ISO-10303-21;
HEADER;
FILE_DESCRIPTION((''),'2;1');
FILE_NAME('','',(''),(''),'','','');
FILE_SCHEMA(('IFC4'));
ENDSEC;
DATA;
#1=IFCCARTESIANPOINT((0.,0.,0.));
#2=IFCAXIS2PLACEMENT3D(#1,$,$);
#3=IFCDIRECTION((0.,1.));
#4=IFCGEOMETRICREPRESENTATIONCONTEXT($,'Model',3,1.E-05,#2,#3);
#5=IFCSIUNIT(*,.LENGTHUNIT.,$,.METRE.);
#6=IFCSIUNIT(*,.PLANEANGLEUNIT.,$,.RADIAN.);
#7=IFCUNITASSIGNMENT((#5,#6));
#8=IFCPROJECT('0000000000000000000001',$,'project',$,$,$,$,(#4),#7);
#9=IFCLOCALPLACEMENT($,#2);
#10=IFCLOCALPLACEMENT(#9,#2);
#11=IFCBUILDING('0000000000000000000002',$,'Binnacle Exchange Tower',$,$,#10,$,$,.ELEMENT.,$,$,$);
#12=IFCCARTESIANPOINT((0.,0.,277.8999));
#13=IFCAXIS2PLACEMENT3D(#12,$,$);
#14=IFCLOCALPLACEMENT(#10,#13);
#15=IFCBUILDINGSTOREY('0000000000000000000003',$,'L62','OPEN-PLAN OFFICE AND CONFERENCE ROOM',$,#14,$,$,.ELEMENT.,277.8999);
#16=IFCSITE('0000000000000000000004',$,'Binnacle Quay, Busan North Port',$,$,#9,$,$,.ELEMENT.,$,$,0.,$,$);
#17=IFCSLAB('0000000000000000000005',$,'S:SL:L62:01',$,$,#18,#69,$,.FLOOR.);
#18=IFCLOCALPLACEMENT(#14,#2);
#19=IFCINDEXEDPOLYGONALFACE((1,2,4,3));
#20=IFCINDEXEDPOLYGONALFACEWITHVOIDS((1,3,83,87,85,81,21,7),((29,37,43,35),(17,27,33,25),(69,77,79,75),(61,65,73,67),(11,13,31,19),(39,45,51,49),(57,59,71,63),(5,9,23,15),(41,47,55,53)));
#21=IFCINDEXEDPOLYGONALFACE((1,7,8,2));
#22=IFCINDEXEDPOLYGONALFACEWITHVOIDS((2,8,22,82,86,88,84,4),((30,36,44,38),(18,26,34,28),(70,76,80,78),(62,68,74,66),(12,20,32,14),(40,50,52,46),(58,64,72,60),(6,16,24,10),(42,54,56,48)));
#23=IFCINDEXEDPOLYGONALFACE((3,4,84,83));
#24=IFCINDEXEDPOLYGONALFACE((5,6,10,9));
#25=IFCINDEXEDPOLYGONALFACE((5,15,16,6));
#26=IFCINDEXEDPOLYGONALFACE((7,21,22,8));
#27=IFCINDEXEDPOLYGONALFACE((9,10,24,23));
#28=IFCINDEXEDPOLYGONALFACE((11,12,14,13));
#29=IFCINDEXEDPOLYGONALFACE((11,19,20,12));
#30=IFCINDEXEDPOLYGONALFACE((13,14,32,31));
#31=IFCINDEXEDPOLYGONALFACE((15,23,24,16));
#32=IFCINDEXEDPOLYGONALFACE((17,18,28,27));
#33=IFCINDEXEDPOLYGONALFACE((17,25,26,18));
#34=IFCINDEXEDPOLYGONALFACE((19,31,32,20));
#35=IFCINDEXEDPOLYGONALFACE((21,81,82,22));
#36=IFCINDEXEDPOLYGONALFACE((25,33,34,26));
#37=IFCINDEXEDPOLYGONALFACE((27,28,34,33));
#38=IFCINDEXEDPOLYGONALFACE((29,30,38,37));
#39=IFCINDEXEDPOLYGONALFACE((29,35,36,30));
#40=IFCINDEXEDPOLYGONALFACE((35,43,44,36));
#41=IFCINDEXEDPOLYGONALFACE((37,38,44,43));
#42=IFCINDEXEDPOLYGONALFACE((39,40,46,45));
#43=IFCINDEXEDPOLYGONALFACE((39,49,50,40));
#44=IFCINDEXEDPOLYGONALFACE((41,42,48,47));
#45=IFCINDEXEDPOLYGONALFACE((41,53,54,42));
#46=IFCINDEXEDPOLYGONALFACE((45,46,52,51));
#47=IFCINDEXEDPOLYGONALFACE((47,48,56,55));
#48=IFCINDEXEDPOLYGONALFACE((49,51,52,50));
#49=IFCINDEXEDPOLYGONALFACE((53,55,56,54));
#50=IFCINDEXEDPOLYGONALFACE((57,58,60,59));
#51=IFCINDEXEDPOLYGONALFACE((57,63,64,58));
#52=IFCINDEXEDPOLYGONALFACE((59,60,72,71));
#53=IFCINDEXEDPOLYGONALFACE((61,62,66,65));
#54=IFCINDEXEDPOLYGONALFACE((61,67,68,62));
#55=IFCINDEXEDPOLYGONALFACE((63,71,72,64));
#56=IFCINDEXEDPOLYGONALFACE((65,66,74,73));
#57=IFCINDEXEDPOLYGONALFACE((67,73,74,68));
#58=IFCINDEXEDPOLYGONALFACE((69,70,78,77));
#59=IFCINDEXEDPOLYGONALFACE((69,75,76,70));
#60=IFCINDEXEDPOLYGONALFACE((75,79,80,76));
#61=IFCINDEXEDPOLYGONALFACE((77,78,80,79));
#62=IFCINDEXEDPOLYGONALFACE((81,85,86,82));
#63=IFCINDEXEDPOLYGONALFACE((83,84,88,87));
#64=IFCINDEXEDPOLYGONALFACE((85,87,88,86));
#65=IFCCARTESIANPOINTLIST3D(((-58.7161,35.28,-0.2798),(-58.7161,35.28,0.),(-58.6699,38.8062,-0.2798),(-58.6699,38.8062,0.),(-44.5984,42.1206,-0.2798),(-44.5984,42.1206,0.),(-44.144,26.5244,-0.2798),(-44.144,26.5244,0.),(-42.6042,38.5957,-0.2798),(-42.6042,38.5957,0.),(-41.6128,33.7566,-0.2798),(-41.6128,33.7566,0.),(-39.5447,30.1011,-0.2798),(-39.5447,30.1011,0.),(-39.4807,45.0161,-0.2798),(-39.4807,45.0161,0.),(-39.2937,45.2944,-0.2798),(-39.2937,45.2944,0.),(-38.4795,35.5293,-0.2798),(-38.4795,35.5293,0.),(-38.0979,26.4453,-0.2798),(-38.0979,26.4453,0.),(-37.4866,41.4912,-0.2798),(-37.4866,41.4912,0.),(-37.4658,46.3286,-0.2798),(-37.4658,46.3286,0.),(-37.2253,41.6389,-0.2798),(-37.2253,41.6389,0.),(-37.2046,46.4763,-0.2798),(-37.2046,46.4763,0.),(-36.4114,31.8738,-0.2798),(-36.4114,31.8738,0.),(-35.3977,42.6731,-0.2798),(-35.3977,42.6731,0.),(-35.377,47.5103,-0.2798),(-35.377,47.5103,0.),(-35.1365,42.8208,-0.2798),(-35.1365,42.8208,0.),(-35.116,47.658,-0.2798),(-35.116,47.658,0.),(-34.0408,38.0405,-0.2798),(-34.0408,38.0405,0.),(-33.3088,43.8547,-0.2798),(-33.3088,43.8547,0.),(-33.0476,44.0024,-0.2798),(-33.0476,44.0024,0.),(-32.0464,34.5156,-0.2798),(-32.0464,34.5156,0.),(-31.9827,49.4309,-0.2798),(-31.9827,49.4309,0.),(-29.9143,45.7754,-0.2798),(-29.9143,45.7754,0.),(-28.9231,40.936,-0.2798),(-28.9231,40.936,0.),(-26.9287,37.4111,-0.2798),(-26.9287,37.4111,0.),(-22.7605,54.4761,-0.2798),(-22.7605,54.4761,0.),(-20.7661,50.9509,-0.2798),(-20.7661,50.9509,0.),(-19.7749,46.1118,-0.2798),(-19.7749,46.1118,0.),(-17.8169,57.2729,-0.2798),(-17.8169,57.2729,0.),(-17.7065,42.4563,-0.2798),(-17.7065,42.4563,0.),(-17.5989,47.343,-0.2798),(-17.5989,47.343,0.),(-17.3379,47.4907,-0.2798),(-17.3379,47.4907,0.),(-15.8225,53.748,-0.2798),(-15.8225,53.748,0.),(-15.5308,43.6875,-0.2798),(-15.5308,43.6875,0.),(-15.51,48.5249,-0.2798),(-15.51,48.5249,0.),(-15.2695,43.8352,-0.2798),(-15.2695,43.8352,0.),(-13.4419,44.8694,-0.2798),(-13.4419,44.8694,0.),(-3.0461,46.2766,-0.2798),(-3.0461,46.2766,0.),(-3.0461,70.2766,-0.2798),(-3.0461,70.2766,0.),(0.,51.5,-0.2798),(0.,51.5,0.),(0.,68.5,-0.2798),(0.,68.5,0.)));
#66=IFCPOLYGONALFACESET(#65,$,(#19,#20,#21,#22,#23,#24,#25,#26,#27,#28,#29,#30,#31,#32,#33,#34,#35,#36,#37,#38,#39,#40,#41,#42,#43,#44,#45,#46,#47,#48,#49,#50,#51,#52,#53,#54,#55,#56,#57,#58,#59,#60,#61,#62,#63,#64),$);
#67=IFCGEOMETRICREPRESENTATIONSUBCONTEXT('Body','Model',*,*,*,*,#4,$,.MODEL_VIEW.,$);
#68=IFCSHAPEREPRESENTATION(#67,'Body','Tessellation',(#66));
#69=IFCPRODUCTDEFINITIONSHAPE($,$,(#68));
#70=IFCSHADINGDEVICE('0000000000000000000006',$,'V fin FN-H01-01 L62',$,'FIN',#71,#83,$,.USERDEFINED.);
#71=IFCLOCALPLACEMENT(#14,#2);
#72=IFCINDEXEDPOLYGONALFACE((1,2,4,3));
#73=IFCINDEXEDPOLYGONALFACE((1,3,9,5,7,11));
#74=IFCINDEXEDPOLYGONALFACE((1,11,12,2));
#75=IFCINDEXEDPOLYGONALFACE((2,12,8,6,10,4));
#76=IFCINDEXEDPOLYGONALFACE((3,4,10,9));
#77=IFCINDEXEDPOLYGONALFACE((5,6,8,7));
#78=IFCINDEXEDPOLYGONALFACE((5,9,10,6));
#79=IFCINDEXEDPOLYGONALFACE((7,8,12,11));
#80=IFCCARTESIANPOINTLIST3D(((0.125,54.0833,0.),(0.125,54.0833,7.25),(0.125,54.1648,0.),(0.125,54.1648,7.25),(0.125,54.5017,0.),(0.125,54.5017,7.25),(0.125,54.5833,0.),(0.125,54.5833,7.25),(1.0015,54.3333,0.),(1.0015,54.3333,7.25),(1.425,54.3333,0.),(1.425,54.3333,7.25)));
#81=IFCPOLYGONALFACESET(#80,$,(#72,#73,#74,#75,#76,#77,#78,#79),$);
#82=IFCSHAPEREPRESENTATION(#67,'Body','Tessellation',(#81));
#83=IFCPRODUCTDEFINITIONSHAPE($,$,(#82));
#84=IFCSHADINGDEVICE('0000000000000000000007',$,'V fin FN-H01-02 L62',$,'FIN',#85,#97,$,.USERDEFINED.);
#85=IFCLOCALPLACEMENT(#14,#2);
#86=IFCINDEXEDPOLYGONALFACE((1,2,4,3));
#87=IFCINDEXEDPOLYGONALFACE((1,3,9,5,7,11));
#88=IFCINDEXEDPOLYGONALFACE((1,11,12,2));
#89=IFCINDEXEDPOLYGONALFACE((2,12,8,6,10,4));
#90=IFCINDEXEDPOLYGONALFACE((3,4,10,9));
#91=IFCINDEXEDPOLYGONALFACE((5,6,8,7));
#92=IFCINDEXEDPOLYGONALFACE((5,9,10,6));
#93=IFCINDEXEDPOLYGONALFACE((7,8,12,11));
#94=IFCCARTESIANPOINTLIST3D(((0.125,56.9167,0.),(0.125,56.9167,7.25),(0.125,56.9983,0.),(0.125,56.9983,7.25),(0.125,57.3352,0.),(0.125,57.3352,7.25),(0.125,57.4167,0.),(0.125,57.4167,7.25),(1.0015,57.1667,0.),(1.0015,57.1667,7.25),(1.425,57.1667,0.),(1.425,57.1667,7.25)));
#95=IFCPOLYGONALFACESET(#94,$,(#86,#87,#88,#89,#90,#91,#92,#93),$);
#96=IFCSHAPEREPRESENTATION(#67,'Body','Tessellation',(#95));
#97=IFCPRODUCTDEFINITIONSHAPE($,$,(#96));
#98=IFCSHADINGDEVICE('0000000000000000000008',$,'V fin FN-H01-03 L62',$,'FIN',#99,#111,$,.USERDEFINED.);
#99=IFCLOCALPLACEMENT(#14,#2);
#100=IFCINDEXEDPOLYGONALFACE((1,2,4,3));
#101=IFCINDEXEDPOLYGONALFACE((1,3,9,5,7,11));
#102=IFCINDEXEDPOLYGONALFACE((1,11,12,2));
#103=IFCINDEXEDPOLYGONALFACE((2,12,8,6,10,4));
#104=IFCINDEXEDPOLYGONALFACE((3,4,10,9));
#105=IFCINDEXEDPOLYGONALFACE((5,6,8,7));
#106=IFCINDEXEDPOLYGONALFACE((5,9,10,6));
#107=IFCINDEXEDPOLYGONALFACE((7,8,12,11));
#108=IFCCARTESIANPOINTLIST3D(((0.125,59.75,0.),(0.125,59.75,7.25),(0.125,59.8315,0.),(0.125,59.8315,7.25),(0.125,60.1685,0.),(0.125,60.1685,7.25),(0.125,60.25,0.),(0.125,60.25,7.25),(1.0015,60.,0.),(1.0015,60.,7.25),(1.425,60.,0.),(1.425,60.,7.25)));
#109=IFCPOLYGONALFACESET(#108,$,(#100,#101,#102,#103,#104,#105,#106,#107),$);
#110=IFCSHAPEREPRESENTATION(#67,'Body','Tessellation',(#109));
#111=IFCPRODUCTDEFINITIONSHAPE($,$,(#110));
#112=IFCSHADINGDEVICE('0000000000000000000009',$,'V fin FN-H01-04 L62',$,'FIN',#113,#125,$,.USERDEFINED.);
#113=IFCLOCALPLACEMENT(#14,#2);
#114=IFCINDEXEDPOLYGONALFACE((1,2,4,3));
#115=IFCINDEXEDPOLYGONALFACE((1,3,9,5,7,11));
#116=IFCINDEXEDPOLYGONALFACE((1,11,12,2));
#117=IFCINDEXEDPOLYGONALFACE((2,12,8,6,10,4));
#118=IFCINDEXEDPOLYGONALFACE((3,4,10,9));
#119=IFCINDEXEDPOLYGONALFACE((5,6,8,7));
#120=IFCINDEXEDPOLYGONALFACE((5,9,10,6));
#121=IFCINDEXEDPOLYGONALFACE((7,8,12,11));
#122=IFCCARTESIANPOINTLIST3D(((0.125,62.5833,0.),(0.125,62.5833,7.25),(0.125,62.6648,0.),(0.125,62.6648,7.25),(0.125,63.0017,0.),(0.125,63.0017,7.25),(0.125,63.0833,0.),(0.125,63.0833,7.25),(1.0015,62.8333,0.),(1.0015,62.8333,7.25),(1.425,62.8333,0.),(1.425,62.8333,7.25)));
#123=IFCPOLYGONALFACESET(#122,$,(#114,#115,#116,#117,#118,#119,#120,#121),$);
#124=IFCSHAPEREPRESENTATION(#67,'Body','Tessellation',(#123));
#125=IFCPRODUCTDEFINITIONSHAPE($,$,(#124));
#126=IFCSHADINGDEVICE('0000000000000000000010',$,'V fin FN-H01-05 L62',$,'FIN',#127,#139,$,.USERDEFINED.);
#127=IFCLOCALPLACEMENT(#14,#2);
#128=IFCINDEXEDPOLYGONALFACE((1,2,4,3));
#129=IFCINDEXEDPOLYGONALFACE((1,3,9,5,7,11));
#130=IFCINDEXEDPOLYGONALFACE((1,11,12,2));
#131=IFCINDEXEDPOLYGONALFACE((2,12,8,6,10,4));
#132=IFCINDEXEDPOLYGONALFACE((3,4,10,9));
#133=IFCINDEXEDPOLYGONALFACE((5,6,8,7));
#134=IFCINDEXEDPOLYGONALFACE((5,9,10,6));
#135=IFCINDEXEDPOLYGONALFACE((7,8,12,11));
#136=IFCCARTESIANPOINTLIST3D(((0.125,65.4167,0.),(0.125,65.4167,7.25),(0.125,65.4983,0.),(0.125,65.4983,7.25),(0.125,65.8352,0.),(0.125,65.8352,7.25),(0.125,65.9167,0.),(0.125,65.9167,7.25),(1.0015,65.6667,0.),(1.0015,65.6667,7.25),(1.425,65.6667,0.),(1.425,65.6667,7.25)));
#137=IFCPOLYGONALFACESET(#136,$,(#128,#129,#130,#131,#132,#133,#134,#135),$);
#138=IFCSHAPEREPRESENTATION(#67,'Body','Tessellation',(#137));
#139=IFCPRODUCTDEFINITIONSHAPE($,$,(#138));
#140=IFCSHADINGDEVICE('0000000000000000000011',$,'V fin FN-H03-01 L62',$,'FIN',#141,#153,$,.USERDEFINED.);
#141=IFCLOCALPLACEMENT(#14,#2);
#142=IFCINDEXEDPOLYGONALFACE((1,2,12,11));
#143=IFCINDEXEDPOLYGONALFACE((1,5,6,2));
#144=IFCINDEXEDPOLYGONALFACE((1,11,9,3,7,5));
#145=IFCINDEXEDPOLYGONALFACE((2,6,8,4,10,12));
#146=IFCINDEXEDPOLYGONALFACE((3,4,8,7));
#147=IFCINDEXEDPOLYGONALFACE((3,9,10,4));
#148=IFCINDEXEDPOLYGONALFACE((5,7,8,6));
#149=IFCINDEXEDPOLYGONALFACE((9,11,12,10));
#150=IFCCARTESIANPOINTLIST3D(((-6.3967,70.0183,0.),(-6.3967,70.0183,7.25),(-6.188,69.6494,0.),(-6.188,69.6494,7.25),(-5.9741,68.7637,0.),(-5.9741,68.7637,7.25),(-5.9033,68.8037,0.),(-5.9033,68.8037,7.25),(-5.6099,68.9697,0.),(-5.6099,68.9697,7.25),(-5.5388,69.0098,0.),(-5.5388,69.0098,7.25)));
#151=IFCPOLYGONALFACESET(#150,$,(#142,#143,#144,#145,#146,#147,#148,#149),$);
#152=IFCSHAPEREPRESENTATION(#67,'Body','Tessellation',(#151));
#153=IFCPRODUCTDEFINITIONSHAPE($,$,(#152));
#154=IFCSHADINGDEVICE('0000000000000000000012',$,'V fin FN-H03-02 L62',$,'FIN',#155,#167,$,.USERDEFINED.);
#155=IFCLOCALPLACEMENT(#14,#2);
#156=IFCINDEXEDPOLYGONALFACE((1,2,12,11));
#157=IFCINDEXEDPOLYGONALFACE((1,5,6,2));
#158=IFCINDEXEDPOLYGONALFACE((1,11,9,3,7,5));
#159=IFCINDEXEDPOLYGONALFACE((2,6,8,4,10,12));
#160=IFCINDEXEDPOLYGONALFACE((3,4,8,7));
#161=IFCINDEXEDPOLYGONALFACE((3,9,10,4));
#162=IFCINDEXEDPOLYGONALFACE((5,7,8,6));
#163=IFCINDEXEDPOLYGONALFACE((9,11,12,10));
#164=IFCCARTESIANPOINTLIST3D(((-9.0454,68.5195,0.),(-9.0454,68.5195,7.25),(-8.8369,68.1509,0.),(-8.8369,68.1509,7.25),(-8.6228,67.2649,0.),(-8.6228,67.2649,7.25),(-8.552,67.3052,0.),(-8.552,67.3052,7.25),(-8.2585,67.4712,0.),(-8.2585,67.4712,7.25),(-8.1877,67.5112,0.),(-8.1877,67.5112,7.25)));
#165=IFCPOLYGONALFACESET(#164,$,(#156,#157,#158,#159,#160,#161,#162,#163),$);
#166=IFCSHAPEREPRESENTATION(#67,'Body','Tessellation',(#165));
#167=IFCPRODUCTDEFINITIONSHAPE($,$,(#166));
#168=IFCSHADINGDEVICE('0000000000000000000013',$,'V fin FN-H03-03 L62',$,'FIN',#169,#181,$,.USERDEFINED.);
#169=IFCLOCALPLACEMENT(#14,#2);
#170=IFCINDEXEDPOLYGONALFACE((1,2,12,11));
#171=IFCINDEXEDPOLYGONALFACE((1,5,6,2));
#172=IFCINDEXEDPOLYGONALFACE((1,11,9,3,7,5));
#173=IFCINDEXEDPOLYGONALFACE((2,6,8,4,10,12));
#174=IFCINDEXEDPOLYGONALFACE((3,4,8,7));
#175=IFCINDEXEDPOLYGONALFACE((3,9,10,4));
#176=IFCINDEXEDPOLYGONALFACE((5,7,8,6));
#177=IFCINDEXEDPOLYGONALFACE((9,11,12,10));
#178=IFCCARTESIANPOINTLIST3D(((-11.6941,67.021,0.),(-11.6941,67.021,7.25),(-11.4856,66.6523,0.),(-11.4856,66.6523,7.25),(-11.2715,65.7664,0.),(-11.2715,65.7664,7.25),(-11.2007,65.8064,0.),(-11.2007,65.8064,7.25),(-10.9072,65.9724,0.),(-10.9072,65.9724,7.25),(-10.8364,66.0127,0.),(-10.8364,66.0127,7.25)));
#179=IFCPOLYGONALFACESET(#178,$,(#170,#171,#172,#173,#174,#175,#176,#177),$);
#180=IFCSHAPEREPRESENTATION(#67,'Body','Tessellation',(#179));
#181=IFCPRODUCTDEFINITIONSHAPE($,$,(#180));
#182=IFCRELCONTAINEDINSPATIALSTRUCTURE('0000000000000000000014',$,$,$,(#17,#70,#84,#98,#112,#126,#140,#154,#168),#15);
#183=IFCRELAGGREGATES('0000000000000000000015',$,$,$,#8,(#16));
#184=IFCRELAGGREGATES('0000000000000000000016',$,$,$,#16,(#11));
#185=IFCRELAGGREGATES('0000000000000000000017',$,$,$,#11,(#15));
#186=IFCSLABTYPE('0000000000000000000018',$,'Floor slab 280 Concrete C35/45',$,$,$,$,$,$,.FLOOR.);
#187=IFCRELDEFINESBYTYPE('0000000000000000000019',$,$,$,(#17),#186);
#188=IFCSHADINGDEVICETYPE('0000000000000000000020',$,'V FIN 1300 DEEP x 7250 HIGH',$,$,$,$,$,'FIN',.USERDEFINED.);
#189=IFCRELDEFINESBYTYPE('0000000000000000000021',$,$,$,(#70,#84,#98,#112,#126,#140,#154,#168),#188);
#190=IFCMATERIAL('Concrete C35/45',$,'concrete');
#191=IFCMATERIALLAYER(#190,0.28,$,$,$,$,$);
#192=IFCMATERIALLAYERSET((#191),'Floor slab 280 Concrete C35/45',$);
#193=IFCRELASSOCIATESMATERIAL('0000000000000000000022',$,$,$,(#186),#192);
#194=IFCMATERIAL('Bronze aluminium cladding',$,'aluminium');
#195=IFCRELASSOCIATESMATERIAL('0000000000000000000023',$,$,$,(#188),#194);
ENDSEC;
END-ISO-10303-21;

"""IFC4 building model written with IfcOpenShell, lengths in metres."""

from ifc_helpers import new_model, si_unit, direction, frame, origin, place, context, subcontext, project, spatial, polyline, outline, extrude, material, layer, layer_set, type_object, element, save


model = new_model("IFC4")

# Units and contexts
model_context = context("Model", 3, precision=1e-05, world=origin(), true_north=direction((0.0, 1.0)))
body_context = subcontext(model_context, "Body", "Model", "MODEL_VIEW")
ifc_project = project(units=[si_unit("LENGTHUNIT", "METRE"), si_unit("PLANEANGLEUNIT", "RADIAN")], contexts=[model_context])

# Site, building, storey
site_placement = place(None, origin())
site = spatial("IfcSite", under=ifc_project, at=site_placement, Name="Binnacle Quay, Busan North Port", CompositionType="ELEMENT", RefElevation=0.0)
building_placement = place(site_placement, origin())
building = spatial("IfcBuilding", under=site, at=building_placement, Name="Binnacle Exchange Tower", CompositionType="ELEMENT")
storey_placement = place(building_placement, frame((0.0, 0.0, 277.8999)))
storey = spatial("IfcBuildingStorey", under=building, at=storey_placement, Name="L62", Description="OPEN-PLAN OFFICE AND CONFERENCE ROOM", CompositionType="ELEMENT", Elevation=277.8999)

# Slab
ifc_material_1 = material(Name="Concrete C35/45", Category="concrete")
ifc_layer = layer(ifc_material_1, 0.28)
ifc_layer_set = layer_set([ifc_layer], Name="Floor slab 280 Concrete C35/45")
slab_type = type_object("IfcSlabType", Name="Floor slab 280 Concrete C35/45", PredefinedType="FLOOR", material=ifc_layer_set)
slab_placement = place(storey_placement, frame((0.0, 0.0, -0.2798)))
element("IfcSlab", 1, at=slab_placement, inside=storey, type_object=slab_type, Name="S:SL:L62:01", PredefinedType="FLOOR", context=body_context, shape_type="SweptSolid", body=[
    extrude(outline(polyline([(-38.0979, 26.4453), (-44.144, 26.5244), (-58.7161, 35.28), (-58.6699, 38.8062), (-3.0461, 70.2766), (0.0, 68.5), (0.0, 51.5), (-3.0461, 46.2766), (-38.0979, 26.4453)]), holes=[polyline([(-38.4795, 35.5293), (-41.6128, 33.7566), (-39.5447, 30.1011), (-36.4114, 31.8738), (-38.4795, 35.5293)]), polyline([(-32.0464, 34.5156), (-26.9287, 37.4111), (-28.9231, 40.936), (-34.0408, 38.0405), (-32.0464, 34.5156)]), polyline([(-39.4807, 45.0161), (-44.5984, 42.1206), (-42.6042, 38.5957), (-37.4866, 41.4912), (-39.4807, 45.0161)]), polyline([(-37.4658, 46.3286), (-39.2937, 45.2944), (-37.2253, 41.6389), (-35.3977, 42.6731), (-37.4658, 46.3286)]), polyline([(-17.5989, 47.343), (-19.7749, 46.1118), (-17.7065, 42.4563), (-15.5308, 43.6875), (-17.5989, 47.343)]), polyline([(-35.377, 47.5103), (-37.2046, 46.4763), (-35.1365, 42.8208), (-33.3088, 43.8547), (-35.377, 47.5103)]), polyline([(-15.51, 48.5249), (-17.3379, 47.4907), (-15.2695, 43.8352), (-13.4419, 44.8694), (-15.51, 48.5249)]), polyline([(-29.9143, 45.7754), (-31.9827, 49.4309), (-35.116, 47.658), (-33.0476, 44.0024), (-29.9143, 45.7754)]), polyline([(-15.8225, 53.748), (-17.8169, 57.2729), (-22.7605, 54.4761), (-20.7661, 50.9509), (-15.8225, 53.748)])]), origin(), (0.0, 0.0, 1.0), 0.2798),
])

# Shading devices
ifc_material_2 = material(Name="Bronze aluminium cladding", Category="aluminium")
shading_device_type = type_object("IfcShadingDeviceType", Name="V FIN 1300 DEEP x 7250 HIGH", ElementType="FIN", PredefinedType="USERDEFINED", material=ifc_material_2)
shading_device_1_placement = place(storey_placement, origin())
element("IfcShadingDevice", 2, at=shading_device_1_placement, inside=storey, type_object=shading_device_type, Name="V fin FN-H01-01 L62", ObjectType="FIN", PredefinedType="USERDEFINED", context=body_context, shape_type="SweptSolid", body=[
    extrude(outline(polyline([(0.125, 54.0833), (1.425, 54.3333), (0.125, 54.5833), (0.125, 54.5017), (1.0015, 54.3333), (0.125, 54.1648), (0.125, 54.0833)])), origin(), (0.0, 0.0, 1.0), 7.25),
])
shading_device_2_placement = place(storey_placement, origin())
element("IfcShadingDevice", 3, at=shading_device_2_placement, inside=storey, type_object=shading_device_type, Name="V fin FN-H01-02 L62", ObjectType="FIN", PredefinedType="USERDEFINED", context=body_context, shape_type="SweptSolid", body=[
    extrude(outline(polyline([(0.125, 56.9167), (1.425, 57.1667), (0.125, 57.4167), (0.125, 57.3352), (1.0015, 57.1667), (0.125, 56.9983), (0.125, 56.9167)])), origin(), (0.0, 0.0, 1.0), 7.25),
])
shading_device_3_placement = place(storey_placement, origin())
element("IfcShadingDevice", 4, at=shading_device_3_placement, inside=storey, type_object=shading_device_type, Name="V fin FN-H01-03 L62", ObjectType="FIN", PredefinedType="USERDEFINED", context=body_context, shape_type="SweptSolid", body=[
    extrude(outline(polyline([(0.125, 59.75), (1.425, 60.0), (0.125, 60.25), (0.125, 60.1685), (1.0015, 60.0), (0.125, 59.8315), (0.125, 59.75)])), origin(), (0.0, 0.0, 1.0), 7.25),
])
shading_device_4_placement = place(storey_placement, origin())
element("IfcShadingDevice", 5, at=shading_device_4_placement, inside=storey, type_object=shading_device_type, Name="V fin FN-H01-04 L62", ObjectType="FIN", PredefinedType="USERDEFINED", context=body_context, shape_type="SweptSolid", body=[
    extrude(outline(polyline([(0.125, 62.5833), (1.425, 62.8333), (0.125, 63.0833), (0.125, 63.0017), (1.0015, 62.8333), (0.125, 62.6648), (0.125, 62.5833)])), origin(), (0.0, 0.0, 1.0), 7.25),
])
shading_device_5_placement = place(storey_placement, origin())
element("IfcShadingDevice", 6, at=shading_device_5_placement, inside=storey, type_object=shading_device_type, Name="V fin FN-H01-05 L62", ObjectType="FIN", PredefinedType="USERDEFINED", context=body_context, shape_type="SweptSolid", body=[
    extrude(outline(polyline([(0.125, 65.4167), (1.425, 65.6667), (0.125, 65.9167), (0.125, 65.8352), (1.0015, 65.6667), (0.125, 65.4983), (0.125, 65.4167)])), origin(), (0.0, 0.0, 1.0), 7.25),
])
shading_device_6_placement = place(storey_placement, origin())
element("IfcShadingDevice", 7, at=shading_device_6_placement, inside=storey, type_object=shading_device_type, Name="V fin FN-H03-01 L62", ObjectType="FIN", PredefinedType="USERDEFINED", context=body_context, shape_type="SweptSolid", body=[
    extrude(outline(polyline([(-5.5388, 69.0098), (-6.3967, 70.0183), (-5.9741, 68.7637), (-5.9033, 68.8037), (-6.188, 69.6494), (-5.6099, 68.9697), (-5.5388, 69.0098)])), origin(), (0.0, 0.0, 1.0), 7.25),
])
shading_device_7_placement = place(storey_placement, origin())
element("IfcShadingDevice", 8, at=shading_device_7_placement, inside=storey, type_object=shading_device_type, Name="V fin FN-H03-02 L62", ObjectType="FIN", PredefinedType="USERDEFINED", context=body_context, shape_type="SweptSolid", body=[
    extrude(outline(polyline([(-8.1877, 67.5112), (-9.0454, 68.5195), (-8.6228, 67.2649), (-8.552, 67.3052), (-8.8369, 68.1509), (-8.2585, 67.4712), (-8.1877, 67.5112)])), origin(), (0.0, 0.0, 1.0), 7.25),
])
shading_device_8_placement = place(storey_placement, origin())
element("IfcShadingDevice", 9, at=shading_device_8_placement, inside=storey, type_object=shading_device_type, Name="V fin FN-H03-03 L62", ObjectType="FIN", PredefinedType="USERDEFINED", context=body_context, shape_type="SweptSolid", body=[
    extrude(outline(polyline([(-10.8364, 66.0127), (-11.6941, 67.021), (-11.2715, 65.7664), (-11.2007, 65.8064), (-11.4856, 66.6523), (-10.9072, 65.9724), (-10.8364, 66.0127)])), origin(), (0.0, 0.0, 1.0), 7.25),
])

save(model, "model.ifc")
